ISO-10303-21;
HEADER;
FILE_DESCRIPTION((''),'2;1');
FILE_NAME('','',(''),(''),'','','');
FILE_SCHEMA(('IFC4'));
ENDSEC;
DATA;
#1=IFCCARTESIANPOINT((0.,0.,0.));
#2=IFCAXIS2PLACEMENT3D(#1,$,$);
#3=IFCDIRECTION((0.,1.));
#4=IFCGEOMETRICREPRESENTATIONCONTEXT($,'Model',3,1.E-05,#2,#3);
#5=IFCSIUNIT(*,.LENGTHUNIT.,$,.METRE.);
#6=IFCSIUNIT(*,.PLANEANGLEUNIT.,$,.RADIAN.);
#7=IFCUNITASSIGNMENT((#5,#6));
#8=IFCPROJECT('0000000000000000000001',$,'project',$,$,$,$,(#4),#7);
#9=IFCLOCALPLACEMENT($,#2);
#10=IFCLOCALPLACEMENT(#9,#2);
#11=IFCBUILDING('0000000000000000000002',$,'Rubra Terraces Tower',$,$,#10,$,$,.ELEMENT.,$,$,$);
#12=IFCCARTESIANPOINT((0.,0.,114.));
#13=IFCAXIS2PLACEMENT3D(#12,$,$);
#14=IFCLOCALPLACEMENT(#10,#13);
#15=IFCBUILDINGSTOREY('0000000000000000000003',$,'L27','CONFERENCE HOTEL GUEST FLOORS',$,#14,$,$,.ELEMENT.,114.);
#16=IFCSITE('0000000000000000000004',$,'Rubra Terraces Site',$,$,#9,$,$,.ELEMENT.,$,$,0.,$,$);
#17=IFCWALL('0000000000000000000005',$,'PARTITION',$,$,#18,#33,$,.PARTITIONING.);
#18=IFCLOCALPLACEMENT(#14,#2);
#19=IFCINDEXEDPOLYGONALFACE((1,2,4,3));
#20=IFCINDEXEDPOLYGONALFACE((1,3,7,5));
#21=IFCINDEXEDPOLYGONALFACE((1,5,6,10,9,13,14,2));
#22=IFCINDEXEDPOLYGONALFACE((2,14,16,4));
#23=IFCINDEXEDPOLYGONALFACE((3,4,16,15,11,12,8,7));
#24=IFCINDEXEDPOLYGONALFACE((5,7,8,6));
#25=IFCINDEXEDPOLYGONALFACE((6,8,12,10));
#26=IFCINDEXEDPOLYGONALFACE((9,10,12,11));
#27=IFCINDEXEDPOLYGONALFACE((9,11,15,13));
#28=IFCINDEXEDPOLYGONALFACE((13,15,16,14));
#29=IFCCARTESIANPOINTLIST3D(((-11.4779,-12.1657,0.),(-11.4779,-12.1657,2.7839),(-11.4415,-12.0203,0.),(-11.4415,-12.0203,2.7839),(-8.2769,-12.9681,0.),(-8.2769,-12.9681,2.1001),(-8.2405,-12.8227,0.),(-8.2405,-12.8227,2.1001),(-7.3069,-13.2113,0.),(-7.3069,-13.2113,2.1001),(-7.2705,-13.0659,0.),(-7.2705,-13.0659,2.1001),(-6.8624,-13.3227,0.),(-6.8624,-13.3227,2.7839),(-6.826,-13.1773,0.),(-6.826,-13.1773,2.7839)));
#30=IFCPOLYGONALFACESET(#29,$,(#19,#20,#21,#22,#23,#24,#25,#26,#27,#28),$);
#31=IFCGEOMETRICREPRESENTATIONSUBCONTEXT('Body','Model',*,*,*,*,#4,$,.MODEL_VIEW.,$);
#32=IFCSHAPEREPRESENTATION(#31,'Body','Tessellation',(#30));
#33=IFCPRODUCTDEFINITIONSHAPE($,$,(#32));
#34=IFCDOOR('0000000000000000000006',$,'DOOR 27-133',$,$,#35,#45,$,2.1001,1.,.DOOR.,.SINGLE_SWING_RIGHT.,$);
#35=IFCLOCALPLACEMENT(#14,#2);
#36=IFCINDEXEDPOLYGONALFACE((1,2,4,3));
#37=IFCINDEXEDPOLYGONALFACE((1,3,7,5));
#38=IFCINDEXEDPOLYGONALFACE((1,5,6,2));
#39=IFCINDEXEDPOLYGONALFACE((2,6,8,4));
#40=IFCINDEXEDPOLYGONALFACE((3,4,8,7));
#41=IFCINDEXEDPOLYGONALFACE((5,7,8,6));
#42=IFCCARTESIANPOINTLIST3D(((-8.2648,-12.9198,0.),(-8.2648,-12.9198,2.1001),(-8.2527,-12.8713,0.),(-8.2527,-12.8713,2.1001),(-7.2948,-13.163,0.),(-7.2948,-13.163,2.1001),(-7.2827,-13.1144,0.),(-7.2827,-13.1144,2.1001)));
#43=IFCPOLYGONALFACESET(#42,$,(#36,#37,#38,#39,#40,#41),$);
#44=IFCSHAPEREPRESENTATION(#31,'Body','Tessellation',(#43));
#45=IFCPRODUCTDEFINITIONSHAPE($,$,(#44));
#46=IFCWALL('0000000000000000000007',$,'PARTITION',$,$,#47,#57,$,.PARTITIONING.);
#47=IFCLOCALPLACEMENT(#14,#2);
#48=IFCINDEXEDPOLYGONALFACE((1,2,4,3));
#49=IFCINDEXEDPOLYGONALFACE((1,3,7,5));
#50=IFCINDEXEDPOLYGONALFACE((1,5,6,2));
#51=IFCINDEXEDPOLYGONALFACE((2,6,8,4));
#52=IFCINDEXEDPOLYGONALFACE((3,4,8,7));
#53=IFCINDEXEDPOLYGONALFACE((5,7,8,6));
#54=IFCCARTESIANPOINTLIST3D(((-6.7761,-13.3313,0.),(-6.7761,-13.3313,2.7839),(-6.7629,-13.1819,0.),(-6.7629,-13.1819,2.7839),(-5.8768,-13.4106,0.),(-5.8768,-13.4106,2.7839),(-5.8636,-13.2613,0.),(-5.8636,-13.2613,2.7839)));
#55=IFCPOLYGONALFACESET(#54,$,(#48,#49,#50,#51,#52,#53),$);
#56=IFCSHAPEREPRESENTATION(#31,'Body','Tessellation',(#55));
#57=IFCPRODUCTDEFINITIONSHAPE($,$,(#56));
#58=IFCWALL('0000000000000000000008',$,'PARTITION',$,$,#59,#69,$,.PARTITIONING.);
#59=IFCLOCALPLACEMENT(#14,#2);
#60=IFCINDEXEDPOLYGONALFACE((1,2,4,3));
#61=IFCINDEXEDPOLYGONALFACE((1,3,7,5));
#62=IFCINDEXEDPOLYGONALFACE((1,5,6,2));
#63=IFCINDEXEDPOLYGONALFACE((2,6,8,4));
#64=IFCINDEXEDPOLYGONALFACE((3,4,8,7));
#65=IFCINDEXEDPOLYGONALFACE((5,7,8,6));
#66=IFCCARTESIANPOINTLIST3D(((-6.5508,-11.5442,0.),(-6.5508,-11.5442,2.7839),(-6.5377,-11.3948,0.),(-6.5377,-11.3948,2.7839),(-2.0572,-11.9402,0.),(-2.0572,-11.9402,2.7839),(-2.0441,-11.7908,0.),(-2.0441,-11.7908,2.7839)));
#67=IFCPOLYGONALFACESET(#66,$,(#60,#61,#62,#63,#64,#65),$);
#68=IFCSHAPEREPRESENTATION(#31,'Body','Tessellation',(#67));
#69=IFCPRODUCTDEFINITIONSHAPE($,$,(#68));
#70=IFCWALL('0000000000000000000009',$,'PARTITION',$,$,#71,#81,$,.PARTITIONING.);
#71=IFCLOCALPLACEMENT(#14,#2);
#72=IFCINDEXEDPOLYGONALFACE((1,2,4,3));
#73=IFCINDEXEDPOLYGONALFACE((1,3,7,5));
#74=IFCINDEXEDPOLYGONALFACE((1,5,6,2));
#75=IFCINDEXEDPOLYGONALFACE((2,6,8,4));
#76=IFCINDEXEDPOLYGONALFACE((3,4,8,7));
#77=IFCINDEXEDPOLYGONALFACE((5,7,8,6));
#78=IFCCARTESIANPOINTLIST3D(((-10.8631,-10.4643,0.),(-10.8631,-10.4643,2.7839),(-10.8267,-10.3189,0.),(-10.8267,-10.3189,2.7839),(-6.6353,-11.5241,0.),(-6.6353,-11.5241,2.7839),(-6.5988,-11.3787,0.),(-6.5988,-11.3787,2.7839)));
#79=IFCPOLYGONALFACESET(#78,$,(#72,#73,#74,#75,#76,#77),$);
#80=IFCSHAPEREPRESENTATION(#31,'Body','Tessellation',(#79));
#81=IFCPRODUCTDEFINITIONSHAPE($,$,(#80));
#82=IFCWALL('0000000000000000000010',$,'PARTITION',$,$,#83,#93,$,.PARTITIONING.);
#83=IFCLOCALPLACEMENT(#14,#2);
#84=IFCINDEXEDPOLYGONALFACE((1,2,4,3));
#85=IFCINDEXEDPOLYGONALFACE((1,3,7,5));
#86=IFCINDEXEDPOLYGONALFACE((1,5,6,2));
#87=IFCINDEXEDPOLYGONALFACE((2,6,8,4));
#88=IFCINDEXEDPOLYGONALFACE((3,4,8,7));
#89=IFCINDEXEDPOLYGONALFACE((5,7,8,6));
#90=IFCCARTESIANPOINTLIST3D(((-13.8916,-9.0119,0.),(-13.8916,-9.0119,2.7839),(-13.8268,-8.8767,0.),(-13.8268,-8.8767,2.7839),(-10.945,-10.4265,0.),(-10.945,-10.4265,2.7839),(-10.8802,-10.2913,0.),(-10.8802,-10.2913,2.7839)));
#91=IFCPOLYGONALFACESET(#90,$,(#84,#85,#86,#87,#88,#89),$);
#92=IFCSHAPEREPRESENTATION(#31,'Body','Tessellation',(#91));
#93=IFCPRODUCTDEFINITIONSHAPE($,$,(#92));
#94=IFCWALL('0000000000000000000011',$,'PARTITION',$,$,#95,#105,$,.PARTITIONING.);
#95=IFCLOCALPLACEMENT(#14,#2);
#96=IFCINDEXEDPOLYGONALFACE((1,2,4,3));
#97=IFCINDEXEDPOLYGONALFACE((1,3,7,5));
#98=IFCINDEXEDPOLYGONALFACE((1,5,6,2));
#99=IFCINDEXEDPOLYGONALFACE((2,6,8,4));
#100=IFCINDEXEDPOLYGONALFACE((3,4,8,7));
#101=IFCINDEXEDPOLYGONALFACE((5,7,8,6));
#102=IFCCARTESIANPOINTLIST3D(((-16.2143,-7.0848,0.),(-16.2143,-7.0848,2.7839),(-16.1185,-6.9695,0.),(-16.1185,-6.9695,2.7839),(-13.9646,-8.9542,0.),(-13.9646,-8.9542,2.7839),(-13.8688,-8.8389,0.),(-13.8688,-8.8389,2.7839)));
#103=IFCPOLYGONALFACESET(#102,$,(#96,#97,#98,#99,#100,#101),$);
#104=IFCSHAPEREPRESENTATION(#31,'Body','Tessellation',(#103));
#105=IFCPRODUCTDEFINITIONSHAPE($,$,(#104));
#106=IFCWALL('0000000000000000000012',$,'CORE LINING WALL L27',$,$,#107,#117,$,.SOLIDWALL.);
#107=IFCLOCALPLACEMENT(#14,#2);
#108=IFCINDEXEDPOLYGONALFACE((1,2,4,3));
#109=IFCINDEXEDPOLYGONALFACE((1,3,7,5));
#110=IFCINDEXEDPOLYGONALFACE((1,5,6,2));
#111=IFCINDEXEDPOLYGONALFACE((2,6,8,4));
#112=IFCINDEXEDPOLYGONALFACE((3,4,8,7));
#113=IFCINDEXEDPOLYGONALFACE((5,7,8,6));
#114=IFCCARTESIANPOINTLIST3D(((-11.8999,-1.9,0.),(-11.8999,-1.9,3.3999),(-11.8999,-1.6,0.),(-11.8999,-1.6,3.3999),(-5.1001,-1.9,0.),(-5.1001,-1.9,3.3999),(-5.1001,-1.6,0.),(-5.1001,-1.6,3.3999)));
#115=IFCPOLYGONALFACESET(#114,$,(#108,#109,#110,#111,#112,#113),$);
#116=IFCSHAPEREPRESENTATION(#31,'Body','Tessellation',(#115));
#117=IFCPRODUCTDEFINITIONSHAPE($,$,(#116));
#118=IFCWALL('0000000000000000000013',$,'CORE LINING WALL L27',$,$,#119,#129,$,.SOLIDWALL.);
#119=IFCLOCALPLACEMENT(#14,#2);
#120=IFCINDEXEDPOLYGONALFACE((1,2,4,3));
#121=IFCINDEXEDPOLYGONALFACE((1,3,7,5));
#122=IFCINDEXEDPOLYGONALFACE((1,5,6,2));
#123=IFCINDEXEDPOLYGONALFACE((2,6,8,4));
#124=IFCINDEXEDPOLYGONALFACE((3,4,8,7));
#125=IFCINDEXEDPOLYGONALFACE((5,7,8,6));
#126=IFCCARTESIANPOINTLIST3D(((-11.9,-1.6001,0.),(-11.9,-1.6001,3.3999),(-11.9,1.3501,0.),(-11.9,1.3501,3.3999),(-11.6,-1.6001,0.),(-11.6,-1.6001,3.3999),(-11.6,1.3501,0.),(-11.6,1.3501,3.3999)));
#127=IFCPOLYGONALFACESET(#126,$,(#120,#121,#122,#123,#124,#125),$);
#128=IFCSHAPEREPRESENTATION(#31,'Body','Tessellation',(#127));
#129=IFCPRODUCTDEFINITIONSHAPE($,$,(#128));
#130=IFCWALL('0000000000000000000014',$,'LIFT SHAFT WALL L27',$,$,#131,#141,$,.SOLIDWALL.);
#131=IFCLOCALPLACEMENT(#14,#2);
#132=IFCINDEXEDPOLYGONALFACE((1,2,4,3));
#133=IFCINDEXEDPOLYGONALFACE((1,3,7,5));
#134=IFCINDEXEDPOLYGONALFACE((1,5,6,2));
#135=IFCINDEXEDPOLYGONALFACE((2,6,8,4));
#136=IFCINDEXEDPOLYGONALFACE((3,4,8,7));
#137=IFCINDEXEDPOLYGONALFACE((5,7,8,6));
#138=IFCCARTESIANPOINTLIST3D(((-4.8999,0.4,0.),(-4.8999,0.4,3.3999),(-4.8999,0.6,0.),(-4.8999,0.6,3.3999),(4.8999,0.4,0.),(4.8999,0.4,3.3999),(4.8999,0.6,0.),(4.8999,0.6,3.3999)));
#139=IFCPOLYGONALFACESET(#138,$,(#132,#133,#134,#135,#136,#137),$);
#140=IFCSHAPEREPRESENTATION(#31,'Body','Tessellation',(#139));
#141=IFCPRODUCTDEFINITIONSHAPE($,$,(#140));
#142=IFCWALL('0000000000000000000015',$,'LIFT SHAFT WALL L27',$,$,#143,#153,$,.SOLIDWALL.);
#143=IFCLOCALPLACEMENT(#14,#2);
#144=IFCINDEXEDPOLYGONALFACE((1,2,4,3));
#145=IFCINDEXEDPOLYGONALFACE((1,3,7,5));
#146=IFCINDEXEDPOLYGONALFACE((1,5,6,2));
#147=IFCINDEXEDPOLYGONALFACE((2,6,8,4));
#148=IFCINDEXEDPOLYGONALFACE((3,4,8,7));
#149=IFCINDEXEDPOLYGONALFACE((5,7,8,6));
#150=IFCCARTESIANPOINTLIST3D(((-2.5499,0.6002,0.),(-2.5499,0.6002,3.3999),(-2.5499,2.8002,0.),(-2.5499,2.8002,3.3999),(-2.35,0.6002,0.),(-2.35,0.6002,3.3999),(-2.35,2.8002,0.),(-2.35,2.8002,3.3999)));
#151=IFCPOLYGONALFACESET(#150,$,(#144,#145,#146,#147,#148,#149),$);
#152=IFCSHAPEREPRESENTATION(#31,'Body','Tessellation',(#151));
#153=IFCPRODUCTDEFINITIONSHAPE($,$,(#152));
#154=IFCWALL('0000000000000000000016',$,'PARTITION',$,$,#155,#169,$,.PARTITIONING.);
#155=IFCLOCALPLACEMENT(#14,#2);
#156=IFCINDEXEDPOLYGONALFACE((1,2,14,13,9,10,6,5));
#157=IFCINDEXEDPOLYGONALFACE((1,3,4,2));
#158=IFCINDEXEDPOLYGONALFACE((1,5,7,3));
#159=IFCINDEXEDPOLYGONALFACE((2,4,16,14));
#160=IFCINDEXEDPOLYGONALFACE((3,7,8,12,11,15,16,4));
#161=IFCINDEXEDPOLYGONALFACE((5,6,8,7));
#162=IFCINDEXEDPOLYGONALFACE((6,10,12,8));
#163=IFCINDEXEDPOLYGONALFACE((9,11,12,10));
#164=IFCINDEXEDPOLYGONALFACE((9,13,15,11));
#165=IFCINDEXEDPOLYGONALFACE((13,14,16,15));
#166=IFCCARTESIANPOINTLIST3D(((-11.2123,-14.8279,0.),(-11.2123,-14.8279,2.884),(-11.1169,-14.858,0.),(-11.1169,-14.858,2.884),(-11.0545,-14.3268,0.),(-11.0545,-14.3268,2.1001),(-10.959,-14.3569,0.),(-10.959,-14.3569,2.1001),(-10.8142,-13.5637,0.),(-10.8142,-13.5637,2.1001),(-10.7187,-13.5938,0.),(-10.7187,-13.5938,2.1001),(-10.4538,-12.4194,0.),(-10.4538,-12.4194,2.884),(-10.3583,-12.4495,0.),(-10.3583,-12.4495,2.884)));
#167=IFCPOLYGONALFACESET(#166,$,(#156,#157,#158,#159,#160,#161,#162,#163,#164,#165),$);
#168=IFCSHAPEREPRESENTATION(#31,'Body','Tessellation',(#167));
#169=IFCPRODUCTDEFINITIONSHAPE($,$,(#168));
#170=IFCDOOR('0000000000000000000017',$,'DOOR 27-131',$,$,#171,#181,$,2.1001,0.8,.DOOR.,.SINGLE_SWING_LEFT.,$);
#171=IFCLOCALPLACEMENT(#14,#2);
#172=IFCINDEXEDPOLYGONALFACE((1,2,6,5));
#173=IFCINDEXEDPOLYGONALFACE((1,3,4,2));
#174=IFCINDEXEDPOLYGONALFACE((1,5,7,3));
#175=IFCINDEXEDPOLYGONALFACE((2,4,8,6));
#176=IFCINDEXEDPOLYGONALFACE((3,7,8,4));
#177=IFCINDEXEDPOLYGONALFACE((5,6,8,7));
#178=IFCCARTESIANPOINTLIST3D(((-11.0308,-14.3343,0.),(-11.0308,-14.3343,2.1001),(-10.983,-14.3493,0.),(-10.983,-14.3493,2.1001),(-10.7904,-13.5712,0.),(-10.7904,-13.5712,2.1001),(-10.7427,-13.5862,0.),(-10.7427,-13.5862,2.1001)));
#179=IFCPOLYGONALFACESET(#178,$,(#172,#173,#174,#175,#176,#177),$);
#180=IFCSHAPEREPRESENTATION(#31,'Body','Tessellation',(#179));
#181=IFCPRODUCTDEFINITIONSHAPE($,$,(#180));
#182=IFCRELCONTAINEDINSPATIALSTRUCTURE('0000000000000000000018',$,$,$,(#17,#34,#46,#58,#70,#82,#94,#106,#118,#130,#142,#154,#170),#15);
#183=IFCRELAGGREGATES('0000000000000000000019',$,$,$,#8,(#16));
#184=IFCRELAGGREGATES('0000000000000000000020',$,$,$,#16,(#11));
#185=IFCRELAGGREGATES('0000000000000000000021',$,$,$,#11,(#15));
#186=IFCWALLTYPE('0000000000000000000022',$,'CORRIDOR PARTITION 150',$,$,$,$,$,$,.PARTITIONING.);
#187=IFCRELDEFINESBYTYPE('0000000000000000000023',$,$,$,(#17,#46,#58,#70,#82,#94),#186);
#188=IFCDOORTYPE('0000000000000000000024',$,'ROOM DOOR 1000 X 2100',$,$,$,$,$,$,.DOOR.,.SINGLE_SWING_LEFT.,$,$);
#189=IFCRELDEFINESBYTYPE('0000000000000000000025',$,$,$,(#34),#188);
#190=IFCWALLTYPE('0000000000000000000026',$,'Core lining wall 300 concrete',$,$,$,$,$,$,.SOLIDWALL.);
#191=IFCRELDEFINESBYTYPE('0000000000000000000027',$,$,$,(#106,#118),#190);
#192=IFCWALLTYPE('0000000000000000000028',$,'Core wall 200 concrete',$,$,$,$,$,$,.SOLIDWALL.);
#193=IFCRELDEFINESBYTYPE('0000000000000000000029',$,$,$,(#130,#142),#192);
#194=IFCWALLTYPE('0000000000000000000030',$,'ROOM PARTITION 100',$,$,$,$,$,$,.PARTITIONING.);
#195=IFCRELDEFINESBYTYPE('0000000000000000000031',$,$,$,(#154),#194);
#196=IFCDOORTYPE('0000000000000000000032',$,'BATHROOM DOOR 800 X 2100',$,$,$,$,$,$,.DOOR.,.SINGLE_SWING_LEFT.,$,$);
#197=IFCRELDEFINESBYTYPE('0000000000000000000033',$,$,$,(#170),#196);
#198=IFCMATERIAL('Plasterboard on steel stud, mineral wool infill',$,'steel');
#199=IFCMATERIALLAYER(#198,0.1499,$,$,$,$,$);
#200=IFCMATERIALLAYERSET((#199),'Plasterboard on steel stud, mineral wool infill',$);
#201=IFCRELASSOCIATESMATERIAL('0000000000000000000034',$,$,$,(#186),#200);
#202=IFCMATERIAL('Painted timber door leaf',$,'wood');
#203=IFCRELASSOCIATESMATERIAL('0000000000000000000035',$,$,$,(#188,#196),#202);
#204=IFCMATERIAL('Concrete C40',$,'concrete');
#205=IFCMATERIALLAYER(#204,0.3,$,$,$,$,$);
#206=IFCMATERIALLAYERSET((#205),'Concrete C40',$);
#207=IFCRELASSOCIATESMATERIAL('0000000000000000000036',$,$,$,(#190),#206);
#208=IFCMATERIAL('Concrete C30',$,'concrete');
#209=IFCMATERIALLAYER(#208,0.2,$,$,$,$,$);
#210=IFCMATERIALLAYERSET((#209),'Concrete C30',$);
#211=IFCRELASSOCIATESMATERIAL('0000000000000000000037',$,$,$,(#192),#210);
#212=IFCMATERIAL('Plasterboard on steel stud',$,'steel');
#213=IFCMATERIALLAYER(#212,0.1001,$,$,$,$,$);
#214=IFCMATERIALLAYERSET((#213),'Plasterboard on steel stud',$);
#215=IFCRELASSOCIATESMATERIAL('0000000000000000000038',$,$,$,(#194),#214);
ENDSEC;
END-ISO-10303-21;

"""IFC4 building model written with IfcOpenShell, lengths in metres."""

from ifc_helpers import new_model, si_unit, direction, frame, frame_2d, origin, place, context, subcontext, project, spatial, rectangle, extrude, material, layer, layer_set, type_object, element, fill, save


model = new_model("IFC4")

# Units and contexts
model_context = context("Model", 3, precision=1e-05, world=origin(), true_north=direction((0.0, 1.0)))
body_context = subcontext(model_context, "Body", "Model", "MODEL_VIEW")
ifc_project = project(units=[si_unit("LENGTHUNIT", "METRE"), si_unit("PLANEANGLEUNIT", "RADIAN")], contexts=[model_context])

# Site, building, storey
site_placement = place(None, origin())
site = spatial("IfcSite", under=ifc_project, at=site_placement, Name="Rubra Terraces Site", CompositionType="ELEMENT", RefElevation=0.0)
building_placement = place(site_placement, origin())
building = spatial("IfcBuilding", under=site, at=building_placement, Name="Rubra Terraces Tower", CompositionType="ELEMENT")
storey_placement = place(building_placement, frame((0.0, 0.0, 114.0)))
storey = spatial("IfcBuildingStorey", under=building, at=storey_placement, Name="L27", Description="CONFERENCE HOTEL GUEST FLOORS", CompositionType="ELEMENT", Elevation=114.0)

# Shared definitions
ifc_material_1 = material(Name="Concrete C40", Category="concrete")

# Shared definitions
ifc_material_2 = material(Name="Plasterboard on steel stud, mineral wool infill", Category="steel")
ifc_layer_1 = layer(ifc_material_2, 0.1499)
ifc_layer_set_1 = layer_set([ifc_layer_1], Name="Plasterboard on steel stud, mineral wool infill")
wall_type_1 = type_object("IfcWallType", Name="CORRIDOR PARTITION 150", PredefinedType="PARTITIONING", material=ifc_layer_set_1)

# Wall, opening, door
ifc_material_3 = material(Name="Painted timber door leaf", Category="wood")
door_type_1 = type_object("IfcDoorType", Name="ROOM DOOR 1000 X 2100", OperationType="SINGLE_SWING_LEFT", PredefinedType="DOOR", material=ifc_material_3)
wall_1_placement = place(storey_placement, frame((-11.4597, -12.093, 0.0), z_axis=(0.0, 0.0, 1.0), x_axis=(0.969988, -0.243151, 0.0)))
wall_1 = element("IfcWall", 1, at=wall_1_placement, inside=storey, type_object=wall_type_1, Name="PARTITION", PredefinedType="PARTITIONING", context=body_context, shape_type="SweptSolid", body=[
    extrude(rectangle(XDim=4.7583, YDim=0.1499, at=frame_2d((2.3792, 0.0))), origin(), (0.0, 0.0, 1.0), 2.7839),
])
opening_1_placement = place(wall_1_placement, frame((3.3, 0.0, 0.0)))
opening_1 = element("IfcOpeningElement", 2, at=opening_1_placement, cuts=wall_1, PredefinedType="OPENING", context=body_context, shape_type="SweptSolid", body=[
    extrude(rectangle(XDim=1.0, YDim=2.1001, at=frame_2d((0.5, 1.05))), frame((0.0, 0.085, 0.0), z_axis=(0.0, -1.0, 0.0), x_axis=(1.0, 0.0, 0.0)), (0.0, 0.0, 1.0), 0.1699),
])
door_1_placement = place(opening_1_placement, origin())
door_1 = element("IfcDoor", 3, at=door_1_placement, inside=storey, type_object=door_type_1, Name="DOOR 27-133", OperationType="SINGLE_SWING_RIGHT", OverallHeight=2.1001, OverallWidth=1.0, PredefinedType="DOOR", context=body_context, shape_type="SweptSolid", body=[
    extrude(rectangle(XDim=1.0, YDim=2.1001, at=frame_2d((0.5, 1.05))), frame((0.0, 0.0249, 0.0), z_axis=(0.0, -1.0, 0.0), x_axis=(1.0, 0.0, 0.0)), (0.0, 0.0, 1.0), 0.05),
])
fill(opening_1, door_1)

# Walls
wall_2_placement = place(storey_placement, frame((-6.7695, -13.2566, 0.0), z_axis=(0.0, 0.0, 1.0), x_axis=(0.996131, -0.087878, 0.0)))
element("IfcWall", 4, at=wall_2_placement, inside=storey, type_object=wall_type_1, Name="PARTITION", PredefinedType="PARTITIONING", context=body_context, shape_type="SweptSolid", body=[
    extrude(rectangle(XDim=0.9028, YDim=0.1499, at=frame_2d((0.4514, 0.0))), origin(), (0.0, 0.0, 1.0), 2.7839),
])
wall_3_placement = place(storey_placement, frame((-2.0508, -11.8655, 0.0), z_axis=(0.0, 0.0, 1.0), x_axis=(-0.99614, 0.087783, 0.0)))
element("IfcWall", 5, at=wall_3_placement, inside=storey, type_object=wall_type_1, Name="PARTITION", PredefinedType="PARTITIONING", context=body_context, shape_type="SweptSolid", body=[
    extrude(rectangle(XDim=4.511, YDim=0.1499, at=frame_2d((2.2554, 0.0))), origin(), (0.0, 0.0, 1.0), 2.7839),
])
wall_4_placement = place(storey_placement, frame((-6.6172, -11.4514, 0.0), z_axis=(0.0, 0.0, 1.0), x_axis=(-0.969987, 0.243155, 0.0)))
element("IfcWall", 6, at=wall_4_placement, inside=storey, type_object=wall_type_1, Name="PARTITION", PredefinedType="PARTITIONING", context=body_context, shape_type="SweptSolid", body=[
    extrude(rectangle(XDim=4.3586, YDim=0.1499, at=frame_2d((2.1792, 0.0))), origin(), (0.0, 0.0, 1.0), 2.7839),
])
wall_5_placement = place(storey_placement, frame((-10.9126, -10.3589, 0.0), z_axis=(0.0, 0.0, 1.0), x_axis=(-0.901497, 0.432784, 0.0)))
element("IfcWall", 7, at=wall_5_placement, inside=storey, type_object=wall_type_1, Name="PARTITION", PredefinedType="PARTITIONING", context=body_context, shape_type="SweptSolid", body=[
    extrude(rectangle(XDim=3.2686, YDim=0.1499, at=frame_2d((1.6343, 0.0))), origin(), (0.0, 0.0, 1.0), 2.7839),
])
wall_6_placement = place(storey_placement, frame((-13.9167, -8.8965, 0.0), z_axis=(0.0, 0.0, 1.0), x_axis=(-0.76913, 0.639092, 0.0)))
element("IfcWall", 8, at=wall_6_placement, inside=storey, type_object=wall_type_1, Name="PARTITION", PredefinedType="PARTITIONING", context=body_context, shape_type="SweptSolid", body=[
    extrude(rectangle(XDim=2.925, YDim=0.1499, at=frame_2d((1.4624, 0.0))), origin(), (0.0, 0.0, 1.0), 2.7839),
])
ifc_layer_2 = layer(ifc_material_1, 0.3)
ifc_layer_set_2 = layer_set([ifc_layer_2], Name="Concrete C40")
wall_type_2 = type_object("IfcWallType", Name="Core lining wall 300 concrete", PredefinedType="SOLIDWALL", material=ifc_layer_set_2)
wall_7_placement = place(storey_placement, frame((-11.8999, -1.75, 0.0), z_axis=(0.0, 0.0, 1.0), x_axis=(1.0, 0.0, 0.0)))
element("IfcWall", 9, at=wall_7_placement, inside=storey, type_object=wall_type_2, Name="CORE LINING WALL L27", PredefinedType="SOLIDWALL", context=body_context, shape_type="SweptSolid", body=[
    extrude(rectangle(XDim=6.7998, YDim=0.3, at=frame_2d((3.3999, 0.0))), origin(), (0.0, 0.0, 1.0), 3.3999),
])
wall_8_placement = place(storey_placement, frame((-11.75, -1.6001, 0.0), z_axis=(0.0, 0.0, 1.0), x_axis=(0.0, 1.0, 0.0)))
element("IfcWall", 10, at=wall_8_placement, inside=storey, type_object=wall_type_2, Name="CORE LINING WALL L27", PredefinedType="SOLIDWALL", context=body_context, shape_type="SweptSolid", body=[
    extrude(rectangle(XDim=2.9502, YDim=0.3, at=frame_2d((1.4751, 0.0))), origin(), (0.0, 0.0, 1.0), 3.3999),
])
ifc_material_4 = material(Name="Concrete C30", Category="concrete")
ifc_layer_3 = layer(ifc_material_4, 0.2)
ifc_layer_set_3 = layer_set([ifc_layer_3], Name="Concrete C30")
wall_type_3 = type_object("IfcWallType", Name="Core wall 200 concrete", PredefinedType="SOLIDWALL", material=ifc_layer_set_3)
wall_9_placement = place(storey_placement, frame((-4.8999, 0.5, 0.0), z_axis=(0.0, 0.0, 1.0), x_axis=(1.0, 0.0, 0.0)))
element("IfcWall", 11, at=wall_9_placement, inside=storey, type_object=wall_type_3, Name="LIFT SHAFT WALL L27", PredefinedType="SOLIDWALL", context=body_context, shape_type="SweptSolid", body=[
    extrude(rectangle(XDim=9.7998, YDim=0.2, at=frame_2d((4.8999, 0.0))), origin(), (0.0, 0.0, 1.0), 3.3999),
])
wall_10_placement = place(storey_placement, frame((-2.45, 0.6001, 0.0), z_axis=(0.0, 0.0, 1.0), x_axis=(0.0, 1.0, 0.0)))
element("IfcWall", 12, at=wall_10_placement, inside=storey, type_object=wall_type_3, Name="LIFT SHAFT WALL L27", PredefinedType="SOLIDWALL", context=body_context, shape_type="SweptSolid", body=[
    extrude(rectangle(XDim=2.2, YDim=0.2, at=frame_2d((1.1001, 0.0))), origin(), (0.0, 0.0, 1.0), 3.3999),
])

# Wall, opening, door
ifc_material_5 = material(Name="Plasterboard on steel stud", Category="steel")
ifc_layer_4 = layer(ifc_material_5, 0.1001)
ifc_layer_set_4 = layer_set([ifc_layer_4], Name="Plasterboard on steel stud")
wall_type_4 = type_object("IfcWallType", Name="ROOM PARTITION 100", PredefinedType="PARTITIONING", material=ifc_layer_set_4)
wall_11_placement = place(storey_placement, frame((-10.406, -12.4343, 0.0), z_axis=(0.0, 0.0, 1.0), x_axis=(-0.300405, -0.953812, 0.0)))
wall_11 = element("IfcWall", 13, at=wall_11_placement, inside=storey, type_object=wall_type_4, Name="PARTITION", PredefinedType="PARTITIONING", context=body_context, shape_type="SweptSolid", body=[
    extrude(rectangle(XDim=2.5251, YDim=0.1001, at=frame_2d((1.2627, 0.0))), origin(), (0.0, 0.0, 1.0), 2.884),
])
opening_2_placement = place(wall_11_placement, frame((1.2, 0.0, 0.0)))
opening_2 = element("IfcOpeningElement", 14, at=opening_2_placement, cuts=wall_11, PredefinedType="OPENING", context=body_context, shape_type="SweptSolid", body=[
    extrude(rectangle(XDim=0.8, YDim=2.1001, at=frame_2d((0.3999, 1.05))), frame((0.0, 0.0601, 0.0), z_axis=(0.0, -1.0, 0.0), x_axis=(1.0, 0.0, 0.0)), (0.0, 0.0, 1.0), 0.1201),
])
door_type_2 = type_object("IfcDoorType", Name="BATHROOM DOOR 800 X 2100", OperationType="SINGLE_SWING_LEFT", PredefinedType="DOOR", material=ifc_material_3)
door_2_placement = place(opening_2_placement, origin())
door_2 = element("IfcDoor", 15, at=door_2_placement, inside=storey, type_object=door_type_2, Name="DOOR 27-131", OperationType="SINGLE_SWING_LEFT", OverallHeight=2.1001, OverallWidth=0.8, PredefinedType="DOOR", context=body_context, shape_type="SweptSolid", body=[
    extrude(rectangle(XDim=0.8, YDim=2.1001, at=frame_2d((0.3999, 1.05))), frame((0.0, 0.0249, 0.0), z_axis=(0.0, -1.0, 0.0), x_axis=(1.0, 0.0, 0.0)), (0.0, 0.0, 1.0), 0.05),
])
fill(opening_2, door_2)

save(model, "model.ifc")
